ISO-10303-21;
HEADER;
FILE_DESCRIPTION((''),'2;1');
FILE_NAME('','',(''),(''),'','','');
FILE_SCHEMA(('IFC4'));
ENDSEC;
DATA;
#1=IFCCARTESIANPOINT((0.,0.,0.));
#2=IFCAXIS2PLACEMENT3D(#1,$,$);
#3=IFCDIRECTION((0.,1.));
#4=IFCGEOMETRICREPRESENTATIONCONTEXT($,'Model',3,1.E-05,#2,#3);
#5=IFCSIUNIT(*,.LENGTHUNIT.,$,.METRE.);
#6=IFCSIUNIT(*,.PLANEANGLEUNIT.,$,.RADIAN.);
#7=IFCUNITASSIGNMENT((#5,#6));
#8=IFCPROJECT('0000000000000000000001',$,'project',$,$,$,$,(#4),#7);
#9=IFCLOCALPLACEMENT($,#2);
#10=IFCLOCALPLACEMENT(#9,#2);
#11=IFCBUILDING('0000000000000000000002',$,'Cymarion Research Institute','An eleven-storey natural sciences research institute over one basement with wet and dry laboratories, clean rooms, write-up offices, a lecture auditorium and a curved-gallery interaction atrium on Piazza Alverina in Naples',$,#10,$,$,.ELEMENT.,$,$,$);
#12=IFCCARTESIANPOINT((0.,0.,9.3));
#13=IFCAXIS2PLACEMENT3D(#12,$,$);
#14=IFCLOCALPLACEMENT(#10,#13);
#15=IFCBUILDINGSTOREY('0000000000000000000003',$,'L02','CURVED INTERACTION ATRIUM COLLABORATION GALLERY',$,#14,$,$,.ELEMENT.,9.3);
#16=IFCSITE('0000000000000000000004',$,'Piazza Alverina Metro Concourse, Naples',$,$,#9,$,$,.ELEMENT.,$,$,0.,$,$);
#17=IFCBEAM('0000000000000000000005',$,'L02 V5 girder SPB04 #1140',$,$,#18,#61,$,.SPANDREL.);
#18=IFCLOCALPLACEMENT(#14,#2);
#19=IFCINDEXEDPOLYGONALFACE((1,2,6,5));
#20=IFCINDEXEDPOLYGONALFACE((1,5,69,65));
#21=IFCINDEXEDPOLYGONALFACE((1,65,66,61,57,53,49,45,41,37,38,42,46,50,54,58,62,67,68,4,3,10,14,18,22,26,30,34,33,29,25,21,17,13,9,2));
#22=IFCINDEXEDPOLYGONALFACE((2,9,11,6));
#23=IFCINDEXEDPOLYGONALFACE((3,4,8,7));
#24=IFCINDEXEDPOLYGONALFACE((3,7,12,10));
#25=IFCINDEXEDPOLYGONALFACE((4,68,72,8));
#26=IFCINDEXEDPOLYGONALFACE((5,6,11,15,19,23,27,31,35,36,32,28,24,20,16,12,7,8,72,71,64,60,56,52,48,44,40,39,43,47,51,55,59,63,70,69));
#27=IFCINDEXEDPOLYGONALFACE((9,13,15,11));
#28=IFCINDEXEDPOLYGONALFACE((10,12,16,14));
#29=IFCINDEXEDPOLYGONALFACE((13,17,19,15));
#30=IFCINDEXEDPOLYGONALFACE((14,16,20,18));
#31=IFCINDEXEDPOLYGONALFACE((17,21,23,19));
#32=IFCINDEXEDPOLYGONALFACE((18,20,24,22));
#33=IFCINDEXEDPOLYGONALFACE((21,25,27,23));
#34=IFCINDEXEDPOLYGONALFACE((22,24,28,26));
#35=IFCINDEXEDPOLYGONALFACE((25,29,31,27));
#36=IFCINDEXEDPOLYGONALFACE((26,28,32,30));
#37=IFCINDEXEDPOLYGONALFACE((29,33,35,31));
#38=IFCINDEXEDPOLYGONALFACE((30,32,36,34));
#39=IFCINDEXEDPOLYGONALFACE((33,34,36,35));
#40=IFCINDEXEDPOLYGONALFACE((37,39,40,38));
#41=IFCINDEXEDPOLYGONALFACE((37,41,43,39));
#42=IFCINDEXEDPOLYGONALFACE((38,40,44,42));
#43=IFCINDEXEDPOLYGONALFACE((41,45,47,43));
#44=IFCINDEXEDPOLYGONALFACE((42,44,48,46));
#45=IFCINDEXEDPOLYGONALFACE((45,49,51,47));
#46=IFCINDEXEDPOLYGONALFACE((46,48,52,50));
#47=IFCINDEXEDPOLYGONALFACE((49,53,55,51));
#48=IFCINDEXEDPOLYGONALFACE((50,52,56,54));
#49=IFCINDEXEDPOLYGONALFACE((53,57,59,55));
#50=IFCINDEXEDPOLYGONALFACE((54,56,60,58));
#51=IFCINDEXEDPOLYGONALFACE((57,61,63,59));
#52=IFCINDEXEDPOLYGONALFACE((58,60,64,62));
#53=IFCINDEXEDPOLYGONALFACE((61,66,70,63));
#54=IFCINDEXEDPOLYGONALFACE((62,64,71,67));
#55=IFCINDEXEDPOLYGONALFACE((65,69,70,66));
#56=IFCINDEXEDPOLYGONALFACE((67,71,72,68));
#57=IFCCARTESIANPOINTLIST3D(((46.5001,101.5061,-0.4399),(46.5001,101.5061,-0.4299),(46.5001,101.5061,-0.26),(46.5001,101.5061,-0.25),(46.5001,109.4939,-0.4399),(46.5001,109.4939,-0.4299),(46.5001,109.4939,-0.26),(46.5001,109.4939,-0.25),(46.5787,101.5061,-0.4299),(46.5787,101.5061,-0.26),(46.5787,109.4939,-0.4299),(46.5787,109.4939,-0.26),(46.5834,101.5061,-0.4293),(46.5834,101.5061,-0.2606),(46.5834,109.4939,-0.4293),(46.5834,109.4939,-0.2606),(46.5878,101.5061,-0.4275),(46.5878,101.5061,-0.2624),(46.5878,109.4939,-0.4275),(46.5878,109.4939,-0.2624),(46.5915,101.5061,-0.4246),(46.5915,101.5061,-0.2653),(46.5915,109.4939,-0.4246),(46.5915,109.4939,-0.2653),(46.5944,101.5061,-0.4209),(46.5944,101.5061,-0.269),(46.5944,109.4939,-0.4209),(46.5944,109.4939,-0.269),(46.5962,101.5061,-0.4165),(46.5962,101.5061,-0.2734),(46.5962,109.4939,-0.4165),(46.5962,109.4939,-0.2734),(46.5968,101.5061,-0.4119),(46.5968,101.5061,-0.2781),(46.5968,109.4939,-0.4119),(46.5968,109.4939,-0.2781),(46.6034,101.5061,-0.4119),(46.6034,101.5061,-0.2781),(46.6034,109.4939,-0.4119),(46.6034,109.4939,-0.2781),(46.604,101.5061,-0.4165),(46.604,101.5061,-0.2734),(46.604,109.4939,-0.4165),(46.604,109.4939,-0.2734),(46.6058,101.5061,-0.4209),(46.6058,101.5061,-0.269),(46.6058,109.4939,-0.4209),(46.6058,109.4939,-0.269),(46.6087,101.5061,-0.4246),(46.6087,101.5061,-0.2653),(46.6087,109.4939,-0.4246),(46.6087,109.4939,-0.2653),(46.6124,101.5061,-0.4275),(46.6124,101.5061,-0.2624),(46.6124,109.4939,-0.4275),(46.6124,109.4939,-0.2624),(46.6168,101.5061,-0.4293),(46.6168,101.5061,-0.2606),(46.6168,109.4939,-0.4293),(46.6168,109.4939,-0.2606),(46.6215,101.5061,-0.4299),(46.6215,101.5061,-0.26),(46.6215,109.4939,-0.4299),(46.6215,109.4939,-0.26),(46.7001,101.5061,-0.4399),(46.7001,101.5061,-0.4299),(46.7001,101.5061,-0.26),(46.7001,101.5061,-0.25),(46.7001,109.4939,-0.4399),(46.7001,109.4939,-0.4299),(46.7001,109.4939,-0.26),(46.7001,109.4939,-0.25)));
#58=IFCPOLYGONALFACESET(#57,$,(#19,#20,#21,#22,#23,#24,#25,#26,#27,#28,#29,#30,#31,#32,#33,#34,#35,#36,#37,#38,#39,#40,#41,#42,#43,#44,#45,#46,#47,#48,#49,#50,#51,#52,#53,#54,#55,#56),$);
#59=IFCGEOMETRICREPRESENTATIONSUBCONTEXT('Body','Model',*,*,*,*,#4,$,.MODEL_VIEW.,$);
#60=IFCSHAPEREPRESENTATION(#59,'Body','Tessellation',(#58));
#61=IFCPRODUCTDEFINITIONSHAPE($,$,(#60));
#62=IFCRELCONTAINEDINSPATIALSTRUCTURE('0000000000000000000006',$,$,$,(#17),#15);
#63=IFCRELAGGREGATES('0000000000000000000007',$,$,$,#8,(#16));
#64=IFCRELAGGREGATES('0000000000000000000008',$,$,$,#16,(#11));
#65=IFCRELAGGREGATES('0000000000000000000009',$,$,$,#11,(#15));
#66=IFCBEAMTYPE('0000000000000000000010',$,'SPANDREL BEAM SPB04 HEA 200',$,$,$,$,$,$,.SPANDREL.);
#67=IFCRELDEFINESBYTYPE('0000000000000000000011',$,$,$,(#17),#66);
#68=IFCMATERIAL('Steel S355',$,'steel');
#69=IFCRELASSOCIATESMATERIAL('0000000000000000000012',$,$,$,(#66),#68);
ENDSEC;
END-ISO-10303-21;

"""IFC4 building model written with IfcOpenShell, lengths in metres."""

from ifc_helpers import new_model, si_unit, direction, frame, origin, origin_2d, place, context, subcontext, project, spatial, i_section, extrude, material, material_profile, profile_set, type_object, element, save


model = new_model("IFC4")

# Units and contexts
model_context = context("Model", 3, precision=1e-05, world=origin(), true_north=direction((0.0, 1.0)))
body_context = subcontext(model_context, "Body", "Model", "MODEL_VIEW")
ifc_project = project(units=[si_unit("LENGTHUNIT", "METRE"), si_unit("PLANEANGLEUNIT", "RADIAN")], contexts=[model_context])

# Site, building, storey
site_placement = place(None, origin())
site = spatial("IfcSite", under=ifc_project, at=site_placement, Name="Piazza Alverina Metro Concourse, Naples", CompositionType="ELEMENT", RefElevation=0.0)
building_placement = place(site_placement, origin())
building = spatial("IfcBuilding", under=site, at=building_placement, Name="Cymarion Research Institute", Description="An eleven-storey natural sciences research institute over one basement with wet and dry laboratories, clean rooms, write-up offices, a lecture auditorium and a curved-gallery interaction atrium on Piazza Alverina in Naples", CompositionType="ELEMENT")
storey_placement = place(building_placement, frame((0.0, 0.0, 9.3)))
storey = spatial("IfcBuildingStorey", under=building, at=storey_placement, Name="L02", Description="CURVED INTERACTION ATRIUM COLLABORATION GALLERY", CompositionType="ELEMENT", Elevation=9.3)

# Shared definitions
ifc_material_1 = material(Name="Steel S355", Category="steel")

# Beam
ifc_material_profile_1 = material_profile(ifc_material_1, i_section(OverallWidth=0.2, OverallDepth=0.1899, WebThickness=0.0066, FlangeThickness=0.01, FilletRadius=0.0181, at=origin_2d()), Name="HEA 200")
ifc_profile_set_1 = profile_set([ifc_material_profile_1], Name="Steel S355")
beam_type_1 = type_object("IfcBeamType", Name="SPANDREL BEAM SPB04 HEA 200", PredefinedType="SPANDREL", material=ifc_profile_set_1)
for number, where, z_axis, x_axis, name in (
    (1, (46.6001, 101.5061, -0.345), (0.0, 1.0, 0.0), (-1.0, 0.0, 0.0), "L02 V5 girder SPB04 #1140"),
):
    element("IfcBeam", number, at=place(storey_placement, frame(where, z_axis=z_axis, x_axis=x_axis)), inside=storey, type_object=beam_type_1, Name=name, PredefinedType="SPANDREL", context=body_context, shape_type="SweptSolid", body=[
        extrude(i_section(OverallWidth=0.2, OverallDepth=0.1899, WebThickness=0.0066, FlangeThickness=0.01, FilletRadius=0.0181, at=origin_2d()), origin(), (0.0, 0.0, 1.0), 7.9878),
    ])

save(model, "model.ifc")
